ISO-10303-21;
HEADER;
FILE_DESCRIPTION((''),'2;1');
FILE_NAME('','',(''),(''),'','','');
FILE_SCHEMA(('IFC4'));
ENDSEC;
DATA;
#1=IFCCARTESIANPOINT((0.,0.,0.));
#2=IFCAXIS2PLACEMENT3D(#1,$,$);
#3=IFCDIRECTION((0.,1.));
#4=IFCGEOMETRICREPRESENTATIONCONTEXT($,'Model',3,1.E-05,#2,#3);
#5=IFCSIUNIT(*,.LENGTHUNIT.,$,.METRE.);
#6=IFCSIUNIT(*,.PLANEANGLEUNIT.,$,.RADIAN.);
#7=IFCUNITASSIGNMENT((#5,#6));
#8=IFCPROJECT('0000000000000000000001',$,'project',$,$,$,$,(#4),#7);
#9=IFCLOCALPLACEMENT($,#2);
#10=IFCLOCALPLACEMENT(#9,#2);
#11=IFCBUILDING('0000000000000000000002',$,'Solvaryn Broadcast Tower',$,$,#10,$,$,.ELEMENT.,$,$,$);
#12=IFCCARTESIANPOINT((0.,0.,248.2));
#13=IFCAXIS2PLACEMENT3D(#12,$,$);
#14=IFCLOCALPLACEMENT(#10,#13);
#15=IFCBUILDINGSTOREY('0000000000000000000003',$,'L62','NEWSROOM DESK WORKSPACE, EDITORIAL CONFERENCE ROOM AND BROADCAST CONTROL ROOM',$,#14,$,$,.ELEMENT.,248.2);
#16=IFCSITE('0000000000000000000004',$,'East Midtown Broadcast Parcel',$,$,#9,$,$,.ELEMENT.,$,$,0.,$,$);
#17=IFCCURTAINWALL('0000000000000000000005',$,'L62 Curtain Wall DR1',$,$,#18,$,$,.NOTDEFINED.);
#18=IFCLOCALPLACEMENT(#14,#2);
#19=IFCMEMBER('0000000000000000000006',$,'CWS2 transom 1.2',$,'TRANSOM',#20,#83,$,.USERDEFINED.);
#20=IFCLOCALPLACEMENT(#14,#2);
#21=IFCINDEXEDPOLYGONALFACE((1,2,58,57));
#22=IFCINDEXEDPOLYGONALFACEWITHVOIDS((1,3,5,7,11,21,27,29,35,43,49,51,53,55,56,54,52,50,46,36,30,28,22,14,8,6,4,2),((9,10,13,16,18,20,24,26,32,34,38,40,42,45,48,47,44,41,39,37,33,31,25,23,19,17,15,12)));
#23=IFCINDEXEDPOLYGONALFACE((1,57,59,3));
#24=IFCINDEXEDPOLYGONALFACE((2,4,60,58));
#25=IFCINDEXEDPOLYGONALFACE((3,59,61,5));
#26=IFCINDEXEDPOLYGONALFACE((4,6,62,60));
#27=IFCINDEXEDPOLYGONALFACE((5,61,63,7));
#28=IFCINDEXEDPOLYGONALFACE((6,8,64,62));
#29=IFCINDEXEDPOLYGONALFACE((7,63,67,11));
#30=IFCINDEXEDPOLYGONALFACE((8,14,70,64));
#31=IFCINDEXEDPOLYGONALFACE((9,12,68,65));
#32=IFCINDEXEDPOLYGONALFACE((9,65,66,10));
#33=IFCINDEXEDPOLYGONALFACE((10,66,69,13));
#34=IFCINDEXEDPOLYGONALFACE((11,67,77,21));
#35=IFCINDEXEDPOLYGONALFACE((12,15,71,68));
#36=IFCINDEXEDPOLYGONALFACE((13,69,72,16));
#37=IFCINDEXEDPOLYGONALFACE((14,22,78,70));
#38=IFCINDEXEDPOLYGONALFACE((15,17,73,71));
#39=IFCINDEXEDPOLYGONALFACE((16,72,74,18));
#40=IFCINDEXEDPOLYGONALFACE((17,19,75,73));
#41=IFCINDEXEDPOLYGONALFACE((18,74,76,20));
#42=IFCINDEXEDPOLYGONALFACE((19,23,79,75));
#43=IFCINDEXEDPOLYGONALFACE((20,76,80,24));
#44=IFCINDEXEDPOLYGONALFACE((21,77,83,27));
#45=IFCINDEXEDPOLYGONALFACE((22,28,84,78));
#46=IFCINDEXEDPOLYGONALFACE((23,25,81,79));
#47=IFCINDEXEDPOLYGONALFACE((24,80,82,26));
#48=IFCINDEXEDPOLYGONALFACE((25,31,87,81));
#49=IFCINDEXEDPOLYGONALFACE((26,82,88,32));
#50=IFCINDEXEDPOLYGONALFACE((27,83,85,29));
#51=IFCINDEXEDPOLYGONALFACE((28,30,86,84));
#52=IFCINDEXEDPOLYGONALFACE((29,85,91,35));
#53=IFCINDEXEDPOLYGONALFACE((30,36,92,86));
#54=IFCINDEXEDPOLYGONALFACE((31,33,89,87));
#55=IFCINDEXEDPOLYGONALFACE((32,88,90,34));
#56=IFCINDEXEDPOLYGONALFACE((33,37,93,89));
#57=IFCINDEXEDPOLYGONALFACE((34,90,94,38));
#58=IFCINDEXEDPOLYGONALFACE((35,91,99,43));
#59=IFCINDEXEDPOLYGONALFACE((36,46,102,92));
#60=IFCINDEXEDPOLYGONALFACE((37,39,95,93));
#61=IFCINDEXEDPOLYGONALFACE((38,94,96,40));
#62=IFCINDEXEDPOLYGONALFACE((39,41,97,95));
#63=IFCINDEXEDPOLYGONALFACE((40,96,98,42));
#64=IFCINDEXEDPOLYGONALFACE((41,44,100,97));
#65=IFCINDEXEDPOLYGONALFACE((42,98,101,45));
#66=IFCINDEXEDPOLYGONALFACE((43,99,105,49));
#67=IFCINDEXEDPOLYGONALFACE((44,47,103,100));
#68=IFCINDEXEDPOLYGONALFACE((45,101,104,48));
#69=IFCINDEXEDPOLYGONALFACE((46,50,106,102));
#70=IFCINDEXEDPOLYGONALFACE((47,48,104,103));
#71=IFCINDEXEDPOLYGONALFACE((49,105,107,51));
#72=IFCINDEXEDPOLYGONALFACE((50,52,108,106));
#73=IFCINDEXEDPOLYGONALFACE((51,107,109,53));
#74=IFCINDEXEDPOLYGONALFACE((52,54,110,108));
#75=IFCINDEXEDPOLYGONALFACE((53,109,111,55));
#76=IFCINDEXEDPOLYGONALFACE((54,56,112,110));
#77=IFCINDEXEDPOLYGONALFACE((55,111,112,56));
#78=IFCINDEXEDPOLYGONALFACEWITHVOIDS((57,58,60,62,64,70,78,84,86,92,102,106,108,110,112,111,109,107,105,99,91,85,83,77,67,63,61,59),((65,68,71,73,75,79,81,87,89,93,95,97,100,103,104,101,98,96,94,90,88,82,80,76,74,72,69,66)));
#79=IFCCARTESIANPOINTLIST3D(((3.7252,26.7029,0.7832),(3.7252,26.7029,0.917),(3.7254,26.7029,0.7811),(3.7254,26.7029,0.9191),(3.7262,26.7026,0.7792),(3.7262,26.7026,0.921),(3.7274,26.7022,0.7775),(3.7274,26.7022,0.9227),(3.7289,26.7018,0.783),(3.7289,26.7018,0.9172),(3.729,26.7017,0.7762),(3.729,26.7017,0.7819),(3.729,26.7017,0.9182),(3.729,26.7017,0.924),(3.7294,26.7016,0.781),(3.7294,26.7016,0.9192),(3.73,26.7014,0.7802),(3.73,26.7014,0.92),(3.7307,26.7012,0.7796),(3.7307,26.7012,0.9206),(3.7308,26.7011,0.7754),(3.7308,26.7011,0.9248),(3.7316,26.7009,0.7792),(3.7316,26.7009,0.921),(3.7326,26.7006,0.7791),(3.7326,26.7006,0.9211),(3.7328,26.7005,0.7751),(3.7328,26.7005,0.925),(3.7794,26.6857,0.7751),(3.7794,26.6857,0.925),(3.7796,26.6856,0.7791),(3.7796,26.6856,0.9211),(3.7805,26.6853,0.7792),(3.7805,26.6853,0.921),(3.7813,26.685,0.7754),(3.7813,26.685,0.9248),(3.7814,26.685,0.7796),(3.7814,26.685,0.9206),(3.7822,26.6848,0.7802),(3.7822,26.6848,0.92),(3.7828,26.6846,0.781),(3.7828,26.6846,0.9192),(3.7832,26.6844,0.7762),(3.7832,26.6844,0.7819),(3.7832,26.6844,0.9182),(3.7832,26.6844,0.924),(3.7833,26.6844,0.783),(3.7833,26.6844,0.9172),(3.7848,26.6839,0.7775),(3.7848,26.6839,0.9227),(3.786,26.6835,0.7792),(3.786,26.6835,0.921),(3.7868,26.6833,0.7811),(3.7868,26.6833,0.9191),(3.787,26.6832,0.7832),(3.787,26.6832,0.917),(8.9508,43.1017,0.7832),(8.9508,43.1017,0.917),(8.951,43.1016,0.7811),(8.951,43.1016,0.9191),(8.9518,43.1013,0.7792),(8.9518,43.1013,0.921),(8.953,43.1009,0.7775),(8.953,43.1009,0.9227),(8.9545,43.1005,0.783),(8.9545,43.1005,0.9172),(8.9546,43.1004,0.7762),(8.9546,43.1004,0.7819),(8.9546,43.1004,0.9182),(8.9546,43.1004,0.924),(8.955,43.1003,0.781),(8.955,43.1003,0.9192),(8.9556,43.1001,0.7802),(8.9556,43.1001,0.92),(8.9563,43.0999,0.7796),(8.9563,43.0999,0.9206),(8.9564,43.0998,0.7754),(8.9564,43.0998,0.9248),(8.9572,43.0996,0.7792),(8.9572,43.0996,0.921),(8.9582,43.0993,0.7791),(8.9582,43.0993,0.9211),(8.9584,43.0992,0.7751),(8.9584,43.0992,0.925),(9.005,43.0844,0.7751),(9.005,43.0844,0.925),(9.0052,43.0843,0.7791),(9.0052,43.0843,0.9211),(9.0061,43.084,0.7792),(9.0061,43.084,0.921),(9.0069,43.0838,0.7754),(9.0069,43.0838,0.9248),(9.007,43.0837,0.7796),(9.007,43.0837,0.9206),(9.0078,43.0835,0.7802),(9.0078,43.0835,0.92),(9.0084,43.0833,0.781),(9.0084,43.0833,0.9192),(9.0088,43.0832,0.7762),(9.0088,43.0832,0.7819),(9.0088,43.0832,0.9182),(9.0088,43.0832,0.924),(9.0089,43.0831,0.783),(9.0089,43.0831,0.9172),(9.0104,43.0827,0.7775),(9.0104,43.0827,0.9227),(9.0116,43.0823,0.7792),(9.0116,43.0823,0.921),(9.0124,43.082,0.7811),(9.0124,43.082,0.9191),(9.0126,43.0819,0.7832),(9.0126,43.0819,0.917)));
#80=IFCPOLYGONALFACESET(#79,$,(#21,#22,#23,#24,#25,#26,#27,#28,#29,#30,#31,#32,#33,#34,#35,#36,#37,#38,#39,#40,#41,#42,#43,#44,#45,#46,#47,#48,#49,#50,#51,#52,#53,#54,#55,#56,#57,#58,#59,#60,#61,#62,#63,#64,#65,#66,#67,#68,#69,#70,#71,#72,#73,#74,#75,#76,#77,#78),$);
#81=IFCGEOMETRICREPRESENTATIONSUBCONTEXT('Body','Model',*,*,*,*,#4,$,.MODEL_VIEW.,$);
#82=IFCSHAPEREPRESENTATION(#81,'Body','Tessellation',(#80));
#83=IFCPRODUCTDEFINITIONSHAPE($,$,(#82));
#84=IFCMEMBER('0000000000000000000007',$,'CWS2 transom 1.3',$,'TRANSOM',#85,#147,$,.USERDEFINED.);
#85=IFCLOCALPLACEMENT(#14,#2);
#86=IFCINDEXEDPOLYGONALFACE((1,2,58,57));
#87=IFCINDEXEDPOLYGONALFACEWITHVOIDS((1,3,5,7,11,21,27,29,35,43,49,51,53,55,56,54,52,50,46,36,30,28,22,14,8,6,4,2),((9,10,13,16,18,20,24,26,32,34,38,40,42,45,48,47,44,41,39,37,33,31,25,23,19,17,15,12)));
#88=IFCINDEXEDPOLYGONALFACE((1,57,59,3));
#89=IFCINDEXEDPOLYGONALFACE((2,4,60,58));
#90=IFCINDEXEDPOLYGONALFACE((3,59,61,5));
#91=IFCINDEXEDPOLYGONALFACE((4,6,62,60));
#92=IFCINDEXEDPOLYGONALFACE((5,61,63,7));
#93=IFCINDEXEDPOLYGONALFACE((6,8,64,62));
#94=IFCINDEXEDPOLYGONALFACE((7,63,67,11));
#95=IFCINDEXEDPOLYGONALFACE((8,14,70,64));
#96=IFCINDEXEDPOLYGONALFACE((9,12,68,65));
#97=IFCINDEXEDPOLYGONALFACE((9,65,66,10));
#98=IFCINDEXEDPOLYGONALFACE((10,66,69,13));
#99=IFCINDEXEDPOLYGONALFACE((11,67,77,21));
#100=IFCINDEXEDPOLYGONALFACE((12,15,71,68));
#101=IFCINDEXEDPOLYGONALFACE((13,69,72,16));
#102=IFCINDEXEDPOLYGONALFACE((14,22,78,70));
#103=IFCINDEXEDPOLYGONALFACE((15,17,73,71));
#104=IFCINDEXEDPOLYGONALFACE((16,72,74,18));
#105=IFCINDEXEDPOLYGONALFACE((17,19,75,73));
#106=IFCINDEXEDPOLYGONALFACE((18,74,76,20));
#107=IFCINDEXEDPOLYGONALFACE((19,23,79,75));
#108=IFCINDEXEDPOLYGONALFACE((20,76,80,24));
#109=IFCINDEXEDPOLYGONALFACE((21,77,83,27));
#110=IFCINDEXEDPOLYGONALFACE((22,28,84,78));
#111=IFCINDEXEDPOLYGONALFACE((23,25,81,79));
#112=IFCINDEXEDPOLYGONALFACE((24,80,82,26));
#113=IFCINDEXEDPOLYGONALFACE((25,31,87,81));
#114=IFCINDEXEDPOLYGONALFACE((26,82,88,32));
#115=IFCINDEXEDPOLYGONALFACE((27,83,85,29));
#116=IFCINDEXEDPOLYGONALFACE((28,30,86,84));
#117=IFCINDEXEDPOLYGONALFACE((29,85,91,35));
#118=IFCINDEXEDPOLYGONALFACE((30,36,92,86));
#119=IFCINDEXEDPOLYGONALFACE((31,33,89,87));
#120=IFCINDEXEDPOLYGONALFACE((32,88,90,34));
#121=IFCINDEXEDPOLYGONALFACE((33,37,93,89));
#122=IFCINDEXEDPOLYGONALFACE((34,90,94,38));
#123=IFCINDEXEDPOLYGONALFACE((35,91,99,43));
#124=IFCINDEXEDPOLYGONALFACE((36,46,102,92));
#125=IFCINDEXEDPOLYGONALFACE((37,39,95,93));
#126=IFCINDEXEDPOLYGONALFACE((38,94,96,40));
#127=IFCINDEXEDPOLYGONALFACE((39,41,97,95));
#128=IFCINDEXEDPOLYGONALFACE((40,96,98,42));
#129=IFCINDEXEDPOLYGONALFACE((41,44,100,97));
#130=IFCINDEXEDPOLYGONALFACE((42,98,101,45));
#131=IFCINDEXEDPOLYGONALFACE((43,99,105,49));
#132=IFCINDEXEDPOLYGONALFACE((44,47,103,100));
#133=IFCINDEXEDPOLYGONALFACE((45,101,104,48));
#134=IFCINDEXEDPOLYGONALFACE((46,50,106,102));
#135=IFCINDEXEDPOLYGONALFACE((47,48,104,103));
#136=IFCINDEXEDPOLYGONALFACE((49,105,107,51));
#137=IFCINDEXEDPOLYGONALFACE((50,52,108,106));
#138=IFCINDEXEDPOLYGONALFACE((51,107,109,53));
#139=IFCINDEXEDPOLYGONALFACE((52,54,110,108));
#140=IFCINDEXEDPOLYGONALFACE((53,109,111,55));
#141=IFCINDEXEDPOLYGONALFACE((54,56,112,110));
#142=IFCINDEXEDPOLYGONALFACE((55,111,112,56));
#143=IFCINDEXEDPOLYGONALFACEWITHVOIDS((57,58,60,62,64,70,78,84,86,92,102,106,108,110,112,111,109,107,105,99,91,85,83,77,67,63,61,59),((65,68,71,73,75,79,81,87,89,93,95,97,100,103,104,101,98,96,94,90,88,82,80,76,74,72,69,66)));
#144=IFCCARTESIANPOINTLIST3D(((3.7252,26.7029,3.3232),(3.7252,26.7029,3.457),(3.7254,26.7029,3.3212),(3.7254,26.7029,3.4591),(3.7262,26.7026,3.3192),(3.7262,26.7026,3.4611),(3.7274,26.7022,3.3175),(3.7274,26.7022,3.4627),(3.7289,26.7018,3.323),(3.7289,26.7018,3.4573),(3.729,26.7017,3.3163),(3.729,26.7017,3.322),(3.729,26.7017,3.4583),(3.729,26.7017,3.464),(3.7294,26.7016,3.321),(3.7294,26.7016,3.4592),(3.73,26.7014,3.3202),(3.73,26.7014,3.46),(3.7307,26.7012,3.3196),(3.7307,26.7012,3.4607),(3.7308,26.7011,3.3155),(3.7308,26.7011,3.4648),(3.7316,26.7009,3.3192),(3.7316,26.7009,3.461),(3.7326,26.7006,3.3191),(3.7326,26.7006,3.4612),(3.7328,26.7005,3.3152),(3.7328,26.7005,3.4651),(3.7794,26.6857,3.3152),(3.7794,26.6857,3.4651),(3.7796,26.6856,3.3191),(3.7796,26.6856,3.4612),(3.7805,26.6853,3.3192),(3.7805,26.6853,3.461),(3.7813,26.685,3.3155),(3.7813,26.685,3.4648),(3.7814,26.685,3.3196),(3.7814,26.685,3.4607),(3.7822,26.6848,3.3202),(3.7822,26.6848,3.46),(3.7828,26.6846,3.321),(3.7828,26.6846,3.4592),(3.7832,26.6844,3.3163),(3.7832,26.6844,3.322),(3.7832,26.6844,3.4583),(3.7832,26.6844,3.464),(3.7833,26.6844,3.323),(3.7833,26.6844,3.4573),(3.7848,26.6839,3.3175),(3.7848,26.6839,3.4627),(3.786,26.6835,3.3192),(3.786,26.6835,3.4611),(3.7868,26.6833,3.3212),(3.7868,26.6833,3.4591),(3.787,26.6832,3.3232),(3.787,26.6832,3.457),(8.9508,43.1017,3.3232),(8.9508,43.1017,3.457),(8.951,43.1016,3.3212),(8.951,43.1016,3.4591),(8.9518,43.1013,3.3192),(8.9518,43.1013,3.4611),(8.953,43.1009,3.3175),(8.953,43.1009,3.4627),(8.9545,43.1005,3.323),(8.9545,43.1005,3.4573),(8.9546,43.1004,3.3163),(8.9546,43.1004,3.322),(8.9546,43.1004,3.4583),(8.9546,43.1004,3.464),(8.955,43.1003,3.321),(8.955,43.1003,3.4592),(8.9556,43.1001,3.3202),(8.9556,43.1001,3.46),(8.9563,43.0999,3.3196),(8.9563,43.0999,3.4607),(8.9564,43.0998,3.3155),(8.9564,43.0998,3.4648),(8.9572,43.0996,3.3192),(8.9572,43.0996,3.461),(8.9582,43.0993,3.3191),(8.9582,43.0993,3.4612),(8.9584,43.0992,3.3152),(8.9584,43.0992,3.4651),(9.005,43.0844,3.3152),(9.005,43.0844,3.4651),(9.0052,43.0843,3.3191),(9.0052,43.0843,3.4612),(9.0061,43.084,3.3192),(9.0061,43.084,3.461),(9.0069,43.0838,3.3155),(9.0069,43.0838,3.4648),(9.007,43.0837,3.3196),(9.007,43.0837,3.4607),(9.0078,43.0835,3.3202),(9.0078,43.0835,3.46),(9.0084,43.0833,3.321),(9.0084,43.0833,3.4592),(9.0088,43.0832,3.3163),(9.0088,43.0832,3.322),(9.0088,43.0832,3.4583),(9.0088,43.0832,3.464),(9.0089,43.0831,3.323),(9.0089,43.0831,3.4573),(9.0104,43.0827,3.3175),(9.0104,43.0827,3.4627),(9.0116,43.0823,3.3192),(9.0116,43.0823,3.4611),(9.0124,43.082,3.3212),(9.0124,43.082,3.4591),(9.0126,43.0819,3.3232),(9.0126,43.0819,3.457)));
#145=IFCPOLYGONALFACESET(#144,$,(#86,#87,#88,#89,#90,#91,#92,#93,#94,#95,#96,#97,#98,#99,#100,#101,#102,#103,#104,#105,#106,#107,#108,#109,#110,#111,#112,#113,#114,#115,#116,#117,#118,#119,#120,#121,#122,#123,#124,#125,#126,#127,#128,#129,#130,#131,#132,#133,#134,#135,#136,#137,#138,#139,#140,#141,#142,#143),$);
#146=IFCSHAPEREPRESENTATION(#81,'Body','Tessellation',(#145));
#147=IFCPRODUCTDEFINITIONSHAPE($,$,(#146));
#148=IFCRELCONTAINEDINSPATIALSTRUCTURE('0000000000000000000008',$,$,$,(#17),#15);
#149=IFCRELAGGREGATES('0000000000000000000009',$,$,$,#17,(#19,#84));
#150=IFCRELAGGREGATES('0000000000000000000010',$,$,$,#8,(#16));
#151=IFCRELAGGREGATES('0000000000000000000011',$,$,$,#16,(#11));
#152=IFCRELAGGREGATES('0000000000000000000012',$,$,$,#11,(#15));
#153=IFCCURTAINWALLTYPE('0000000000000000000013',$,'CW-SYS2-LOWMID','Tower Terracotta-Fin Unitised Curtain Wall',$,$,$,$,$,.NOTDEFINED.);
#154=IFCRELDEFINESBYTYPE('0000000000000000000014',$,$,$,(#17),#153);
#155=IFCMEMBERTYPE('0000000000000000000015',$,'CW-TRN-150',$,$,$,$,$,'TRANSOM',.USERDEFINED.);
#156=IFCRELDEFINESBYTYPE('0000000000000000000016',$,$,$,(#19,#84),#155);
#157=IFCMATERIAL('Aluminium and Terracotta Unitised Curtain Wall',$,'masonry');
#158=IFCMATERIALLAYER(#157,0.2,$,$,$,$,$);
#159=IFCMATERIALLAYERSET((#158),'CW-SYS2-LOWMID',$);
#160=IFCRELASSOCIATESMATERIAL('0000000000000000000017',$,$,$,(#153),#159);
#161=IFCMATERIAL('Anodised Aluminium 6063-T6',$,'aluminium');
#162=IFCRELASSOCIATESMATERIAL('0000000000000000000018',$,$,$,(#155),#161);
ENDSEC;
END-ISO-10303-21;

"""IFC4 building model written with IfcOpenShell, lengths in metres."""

from ifc_helpers import new_model, si_unit, direction, frame, origin, origin_2d, place, context, subcontext, project, spatial, hollow_rectangle, extrude, material, layer, layer_set, material_profile, profile_set, type_object, element, aggregate, save


model = new_model("IFC4")

# Units and contexts
model_context = context("Model", 3, precision=1e-05, world=origin(), true_north=direction((0.0, 1.0)))
body_context = subcontext(model_context, "Body", "Model", "MODEL_VIEW")
ifc_project = project(units=[si_unit("LENGTHUNIT", "METRE"), si_unit("PLANEANGLEUNIT", "RADIAN")], contexts=[model_context])

# Site, building, storey
site_placement = place(None, origin())
site = spatial("IfcSite", under=ifc_project, at=site_placement, Name="East Midtown Broadcast Parcel", CompositionType="ELEMENT", RefElevation=0.0)
building_placement = place(site_placement, origin())
building = spatial("IfcBuilding", under=site, at=building_placement, Name="Solvaryn Broadcast Tower", CompositionType="ELEMENT")
storey_placement = place(building_placement, frame((0.0, 0.0, 248.2)))
storey = spatial("IfcBuildingStorey", under=building, at=storey_placement, Name="L62", Description="NEWSROOM DESK WORKSPACE, EDITORIAL CONFERENCE ROOM AND BROADCAST CONTROL ROOM", CompositionType="ELEMENT", Elevation=248.2)

# Curtain wall
ifc_material_1 = material(Name="Aluminium and Terracotta Unitised Curtain Wall", Category="masonry")
ifc_layer_1 = layer(ifc_material_1, 0.2)
ifc_layer_set_1 = layer_set([ifc_layer_1], Name="CW-SYS2-LOWMID")
curtain_wall_type = type_object("IfcCurtainWallType", Name="CW-SYS2-LOWMID", Description="Tower Terracotta-Fin Unitised Curtain Wall", PredefinedType="NOTDEFINED", material=ifc_layer_set_1)
curtain_wall_1_placement = place(storey_placement, origin())
curtain_wall_1 = element("IfcCurtainWall", 1, at=curtain_wall_1_placement, inside=storey, type_object=curtain_wall_type, Name="L62 Curtain Wall DR1", PredefinedType="NOTDEFINED")

# Members
ifc_material_2 = material(Name="Anodised Aluminium 6063-T6", Category="aluminium")
ifc_material_profile_1 = material_profile(ifc_material_2, hollow_rectangle(XDim=0.0649, YDim=0.1499, WallThickness=0.0039, InnerFilletRadius=0.0039, OuterFilletRadius=0.0081, at=origin_2d()))
ifc_profile_set_1 = profile_set([ifc_material_profile_1], Name="Anodised Aluminium 6063-T6")
member_type_1 = type_object("IfcMemberType", Name="CW-TRN-150", ElementType="TRANSOM", PredefinedType="USERDEFINED", material=ifc_profile_set_1)
member_1_placement = place(storey_placement, frame((8.9817, 43.0918, 0.8501), z_axis=(-0.303616, -0.952794, 0.0), x_axis=(0.952794, -0.303616, 0.0)))
member_1 = element("IfcMember", 2, at=member_1_placement, type_object=member_type_1, Name="CWS2 transom 1.2", ObjectType="TRANSOM", PredefinedType="USERDEFINED", context=body_context, shape_type="SweptSolid", body=[
    extrude(hollow_rectangle(XDim=0.0649, YDim=0.1499, WallThickness=0.0039, InnerFilletRadius=0.0039, OuterFilletRadius=0.0081, at=origin_2d()), origin(), (0.0, 0.0, 1.0), 17.2112),
])
member_2_placement = place(storey_placement, frame((8.9817, 43.0918, 3.3901), z_axis=(-0.303616, -0.952794, 0.0), x_axis=(0.952794, -0.303616, 0.0)))
member_2 = element("IfcMember", 3, at=member_2_placement, type_object=member_type_1, Name="CWS2 transom 1.3", ObjectType="TRANSOM", PredefinedType="USERDEFINED", context=body_context, shape_type="SweptSolid", body=[
    extrude(hollow_rectangle(XDim=0.0649, YDim=0.1499, WallThickness=0.0039, InnerFilletRadius=0.0039, OuterFilletRadius=0.0081, at=origin_2d()), origin(), (0.0, 0.0, 1.0), 17.2112),
])
aggregate(curtain_wall_1, [member_1, member_2])

save(model, "model.ifc")
